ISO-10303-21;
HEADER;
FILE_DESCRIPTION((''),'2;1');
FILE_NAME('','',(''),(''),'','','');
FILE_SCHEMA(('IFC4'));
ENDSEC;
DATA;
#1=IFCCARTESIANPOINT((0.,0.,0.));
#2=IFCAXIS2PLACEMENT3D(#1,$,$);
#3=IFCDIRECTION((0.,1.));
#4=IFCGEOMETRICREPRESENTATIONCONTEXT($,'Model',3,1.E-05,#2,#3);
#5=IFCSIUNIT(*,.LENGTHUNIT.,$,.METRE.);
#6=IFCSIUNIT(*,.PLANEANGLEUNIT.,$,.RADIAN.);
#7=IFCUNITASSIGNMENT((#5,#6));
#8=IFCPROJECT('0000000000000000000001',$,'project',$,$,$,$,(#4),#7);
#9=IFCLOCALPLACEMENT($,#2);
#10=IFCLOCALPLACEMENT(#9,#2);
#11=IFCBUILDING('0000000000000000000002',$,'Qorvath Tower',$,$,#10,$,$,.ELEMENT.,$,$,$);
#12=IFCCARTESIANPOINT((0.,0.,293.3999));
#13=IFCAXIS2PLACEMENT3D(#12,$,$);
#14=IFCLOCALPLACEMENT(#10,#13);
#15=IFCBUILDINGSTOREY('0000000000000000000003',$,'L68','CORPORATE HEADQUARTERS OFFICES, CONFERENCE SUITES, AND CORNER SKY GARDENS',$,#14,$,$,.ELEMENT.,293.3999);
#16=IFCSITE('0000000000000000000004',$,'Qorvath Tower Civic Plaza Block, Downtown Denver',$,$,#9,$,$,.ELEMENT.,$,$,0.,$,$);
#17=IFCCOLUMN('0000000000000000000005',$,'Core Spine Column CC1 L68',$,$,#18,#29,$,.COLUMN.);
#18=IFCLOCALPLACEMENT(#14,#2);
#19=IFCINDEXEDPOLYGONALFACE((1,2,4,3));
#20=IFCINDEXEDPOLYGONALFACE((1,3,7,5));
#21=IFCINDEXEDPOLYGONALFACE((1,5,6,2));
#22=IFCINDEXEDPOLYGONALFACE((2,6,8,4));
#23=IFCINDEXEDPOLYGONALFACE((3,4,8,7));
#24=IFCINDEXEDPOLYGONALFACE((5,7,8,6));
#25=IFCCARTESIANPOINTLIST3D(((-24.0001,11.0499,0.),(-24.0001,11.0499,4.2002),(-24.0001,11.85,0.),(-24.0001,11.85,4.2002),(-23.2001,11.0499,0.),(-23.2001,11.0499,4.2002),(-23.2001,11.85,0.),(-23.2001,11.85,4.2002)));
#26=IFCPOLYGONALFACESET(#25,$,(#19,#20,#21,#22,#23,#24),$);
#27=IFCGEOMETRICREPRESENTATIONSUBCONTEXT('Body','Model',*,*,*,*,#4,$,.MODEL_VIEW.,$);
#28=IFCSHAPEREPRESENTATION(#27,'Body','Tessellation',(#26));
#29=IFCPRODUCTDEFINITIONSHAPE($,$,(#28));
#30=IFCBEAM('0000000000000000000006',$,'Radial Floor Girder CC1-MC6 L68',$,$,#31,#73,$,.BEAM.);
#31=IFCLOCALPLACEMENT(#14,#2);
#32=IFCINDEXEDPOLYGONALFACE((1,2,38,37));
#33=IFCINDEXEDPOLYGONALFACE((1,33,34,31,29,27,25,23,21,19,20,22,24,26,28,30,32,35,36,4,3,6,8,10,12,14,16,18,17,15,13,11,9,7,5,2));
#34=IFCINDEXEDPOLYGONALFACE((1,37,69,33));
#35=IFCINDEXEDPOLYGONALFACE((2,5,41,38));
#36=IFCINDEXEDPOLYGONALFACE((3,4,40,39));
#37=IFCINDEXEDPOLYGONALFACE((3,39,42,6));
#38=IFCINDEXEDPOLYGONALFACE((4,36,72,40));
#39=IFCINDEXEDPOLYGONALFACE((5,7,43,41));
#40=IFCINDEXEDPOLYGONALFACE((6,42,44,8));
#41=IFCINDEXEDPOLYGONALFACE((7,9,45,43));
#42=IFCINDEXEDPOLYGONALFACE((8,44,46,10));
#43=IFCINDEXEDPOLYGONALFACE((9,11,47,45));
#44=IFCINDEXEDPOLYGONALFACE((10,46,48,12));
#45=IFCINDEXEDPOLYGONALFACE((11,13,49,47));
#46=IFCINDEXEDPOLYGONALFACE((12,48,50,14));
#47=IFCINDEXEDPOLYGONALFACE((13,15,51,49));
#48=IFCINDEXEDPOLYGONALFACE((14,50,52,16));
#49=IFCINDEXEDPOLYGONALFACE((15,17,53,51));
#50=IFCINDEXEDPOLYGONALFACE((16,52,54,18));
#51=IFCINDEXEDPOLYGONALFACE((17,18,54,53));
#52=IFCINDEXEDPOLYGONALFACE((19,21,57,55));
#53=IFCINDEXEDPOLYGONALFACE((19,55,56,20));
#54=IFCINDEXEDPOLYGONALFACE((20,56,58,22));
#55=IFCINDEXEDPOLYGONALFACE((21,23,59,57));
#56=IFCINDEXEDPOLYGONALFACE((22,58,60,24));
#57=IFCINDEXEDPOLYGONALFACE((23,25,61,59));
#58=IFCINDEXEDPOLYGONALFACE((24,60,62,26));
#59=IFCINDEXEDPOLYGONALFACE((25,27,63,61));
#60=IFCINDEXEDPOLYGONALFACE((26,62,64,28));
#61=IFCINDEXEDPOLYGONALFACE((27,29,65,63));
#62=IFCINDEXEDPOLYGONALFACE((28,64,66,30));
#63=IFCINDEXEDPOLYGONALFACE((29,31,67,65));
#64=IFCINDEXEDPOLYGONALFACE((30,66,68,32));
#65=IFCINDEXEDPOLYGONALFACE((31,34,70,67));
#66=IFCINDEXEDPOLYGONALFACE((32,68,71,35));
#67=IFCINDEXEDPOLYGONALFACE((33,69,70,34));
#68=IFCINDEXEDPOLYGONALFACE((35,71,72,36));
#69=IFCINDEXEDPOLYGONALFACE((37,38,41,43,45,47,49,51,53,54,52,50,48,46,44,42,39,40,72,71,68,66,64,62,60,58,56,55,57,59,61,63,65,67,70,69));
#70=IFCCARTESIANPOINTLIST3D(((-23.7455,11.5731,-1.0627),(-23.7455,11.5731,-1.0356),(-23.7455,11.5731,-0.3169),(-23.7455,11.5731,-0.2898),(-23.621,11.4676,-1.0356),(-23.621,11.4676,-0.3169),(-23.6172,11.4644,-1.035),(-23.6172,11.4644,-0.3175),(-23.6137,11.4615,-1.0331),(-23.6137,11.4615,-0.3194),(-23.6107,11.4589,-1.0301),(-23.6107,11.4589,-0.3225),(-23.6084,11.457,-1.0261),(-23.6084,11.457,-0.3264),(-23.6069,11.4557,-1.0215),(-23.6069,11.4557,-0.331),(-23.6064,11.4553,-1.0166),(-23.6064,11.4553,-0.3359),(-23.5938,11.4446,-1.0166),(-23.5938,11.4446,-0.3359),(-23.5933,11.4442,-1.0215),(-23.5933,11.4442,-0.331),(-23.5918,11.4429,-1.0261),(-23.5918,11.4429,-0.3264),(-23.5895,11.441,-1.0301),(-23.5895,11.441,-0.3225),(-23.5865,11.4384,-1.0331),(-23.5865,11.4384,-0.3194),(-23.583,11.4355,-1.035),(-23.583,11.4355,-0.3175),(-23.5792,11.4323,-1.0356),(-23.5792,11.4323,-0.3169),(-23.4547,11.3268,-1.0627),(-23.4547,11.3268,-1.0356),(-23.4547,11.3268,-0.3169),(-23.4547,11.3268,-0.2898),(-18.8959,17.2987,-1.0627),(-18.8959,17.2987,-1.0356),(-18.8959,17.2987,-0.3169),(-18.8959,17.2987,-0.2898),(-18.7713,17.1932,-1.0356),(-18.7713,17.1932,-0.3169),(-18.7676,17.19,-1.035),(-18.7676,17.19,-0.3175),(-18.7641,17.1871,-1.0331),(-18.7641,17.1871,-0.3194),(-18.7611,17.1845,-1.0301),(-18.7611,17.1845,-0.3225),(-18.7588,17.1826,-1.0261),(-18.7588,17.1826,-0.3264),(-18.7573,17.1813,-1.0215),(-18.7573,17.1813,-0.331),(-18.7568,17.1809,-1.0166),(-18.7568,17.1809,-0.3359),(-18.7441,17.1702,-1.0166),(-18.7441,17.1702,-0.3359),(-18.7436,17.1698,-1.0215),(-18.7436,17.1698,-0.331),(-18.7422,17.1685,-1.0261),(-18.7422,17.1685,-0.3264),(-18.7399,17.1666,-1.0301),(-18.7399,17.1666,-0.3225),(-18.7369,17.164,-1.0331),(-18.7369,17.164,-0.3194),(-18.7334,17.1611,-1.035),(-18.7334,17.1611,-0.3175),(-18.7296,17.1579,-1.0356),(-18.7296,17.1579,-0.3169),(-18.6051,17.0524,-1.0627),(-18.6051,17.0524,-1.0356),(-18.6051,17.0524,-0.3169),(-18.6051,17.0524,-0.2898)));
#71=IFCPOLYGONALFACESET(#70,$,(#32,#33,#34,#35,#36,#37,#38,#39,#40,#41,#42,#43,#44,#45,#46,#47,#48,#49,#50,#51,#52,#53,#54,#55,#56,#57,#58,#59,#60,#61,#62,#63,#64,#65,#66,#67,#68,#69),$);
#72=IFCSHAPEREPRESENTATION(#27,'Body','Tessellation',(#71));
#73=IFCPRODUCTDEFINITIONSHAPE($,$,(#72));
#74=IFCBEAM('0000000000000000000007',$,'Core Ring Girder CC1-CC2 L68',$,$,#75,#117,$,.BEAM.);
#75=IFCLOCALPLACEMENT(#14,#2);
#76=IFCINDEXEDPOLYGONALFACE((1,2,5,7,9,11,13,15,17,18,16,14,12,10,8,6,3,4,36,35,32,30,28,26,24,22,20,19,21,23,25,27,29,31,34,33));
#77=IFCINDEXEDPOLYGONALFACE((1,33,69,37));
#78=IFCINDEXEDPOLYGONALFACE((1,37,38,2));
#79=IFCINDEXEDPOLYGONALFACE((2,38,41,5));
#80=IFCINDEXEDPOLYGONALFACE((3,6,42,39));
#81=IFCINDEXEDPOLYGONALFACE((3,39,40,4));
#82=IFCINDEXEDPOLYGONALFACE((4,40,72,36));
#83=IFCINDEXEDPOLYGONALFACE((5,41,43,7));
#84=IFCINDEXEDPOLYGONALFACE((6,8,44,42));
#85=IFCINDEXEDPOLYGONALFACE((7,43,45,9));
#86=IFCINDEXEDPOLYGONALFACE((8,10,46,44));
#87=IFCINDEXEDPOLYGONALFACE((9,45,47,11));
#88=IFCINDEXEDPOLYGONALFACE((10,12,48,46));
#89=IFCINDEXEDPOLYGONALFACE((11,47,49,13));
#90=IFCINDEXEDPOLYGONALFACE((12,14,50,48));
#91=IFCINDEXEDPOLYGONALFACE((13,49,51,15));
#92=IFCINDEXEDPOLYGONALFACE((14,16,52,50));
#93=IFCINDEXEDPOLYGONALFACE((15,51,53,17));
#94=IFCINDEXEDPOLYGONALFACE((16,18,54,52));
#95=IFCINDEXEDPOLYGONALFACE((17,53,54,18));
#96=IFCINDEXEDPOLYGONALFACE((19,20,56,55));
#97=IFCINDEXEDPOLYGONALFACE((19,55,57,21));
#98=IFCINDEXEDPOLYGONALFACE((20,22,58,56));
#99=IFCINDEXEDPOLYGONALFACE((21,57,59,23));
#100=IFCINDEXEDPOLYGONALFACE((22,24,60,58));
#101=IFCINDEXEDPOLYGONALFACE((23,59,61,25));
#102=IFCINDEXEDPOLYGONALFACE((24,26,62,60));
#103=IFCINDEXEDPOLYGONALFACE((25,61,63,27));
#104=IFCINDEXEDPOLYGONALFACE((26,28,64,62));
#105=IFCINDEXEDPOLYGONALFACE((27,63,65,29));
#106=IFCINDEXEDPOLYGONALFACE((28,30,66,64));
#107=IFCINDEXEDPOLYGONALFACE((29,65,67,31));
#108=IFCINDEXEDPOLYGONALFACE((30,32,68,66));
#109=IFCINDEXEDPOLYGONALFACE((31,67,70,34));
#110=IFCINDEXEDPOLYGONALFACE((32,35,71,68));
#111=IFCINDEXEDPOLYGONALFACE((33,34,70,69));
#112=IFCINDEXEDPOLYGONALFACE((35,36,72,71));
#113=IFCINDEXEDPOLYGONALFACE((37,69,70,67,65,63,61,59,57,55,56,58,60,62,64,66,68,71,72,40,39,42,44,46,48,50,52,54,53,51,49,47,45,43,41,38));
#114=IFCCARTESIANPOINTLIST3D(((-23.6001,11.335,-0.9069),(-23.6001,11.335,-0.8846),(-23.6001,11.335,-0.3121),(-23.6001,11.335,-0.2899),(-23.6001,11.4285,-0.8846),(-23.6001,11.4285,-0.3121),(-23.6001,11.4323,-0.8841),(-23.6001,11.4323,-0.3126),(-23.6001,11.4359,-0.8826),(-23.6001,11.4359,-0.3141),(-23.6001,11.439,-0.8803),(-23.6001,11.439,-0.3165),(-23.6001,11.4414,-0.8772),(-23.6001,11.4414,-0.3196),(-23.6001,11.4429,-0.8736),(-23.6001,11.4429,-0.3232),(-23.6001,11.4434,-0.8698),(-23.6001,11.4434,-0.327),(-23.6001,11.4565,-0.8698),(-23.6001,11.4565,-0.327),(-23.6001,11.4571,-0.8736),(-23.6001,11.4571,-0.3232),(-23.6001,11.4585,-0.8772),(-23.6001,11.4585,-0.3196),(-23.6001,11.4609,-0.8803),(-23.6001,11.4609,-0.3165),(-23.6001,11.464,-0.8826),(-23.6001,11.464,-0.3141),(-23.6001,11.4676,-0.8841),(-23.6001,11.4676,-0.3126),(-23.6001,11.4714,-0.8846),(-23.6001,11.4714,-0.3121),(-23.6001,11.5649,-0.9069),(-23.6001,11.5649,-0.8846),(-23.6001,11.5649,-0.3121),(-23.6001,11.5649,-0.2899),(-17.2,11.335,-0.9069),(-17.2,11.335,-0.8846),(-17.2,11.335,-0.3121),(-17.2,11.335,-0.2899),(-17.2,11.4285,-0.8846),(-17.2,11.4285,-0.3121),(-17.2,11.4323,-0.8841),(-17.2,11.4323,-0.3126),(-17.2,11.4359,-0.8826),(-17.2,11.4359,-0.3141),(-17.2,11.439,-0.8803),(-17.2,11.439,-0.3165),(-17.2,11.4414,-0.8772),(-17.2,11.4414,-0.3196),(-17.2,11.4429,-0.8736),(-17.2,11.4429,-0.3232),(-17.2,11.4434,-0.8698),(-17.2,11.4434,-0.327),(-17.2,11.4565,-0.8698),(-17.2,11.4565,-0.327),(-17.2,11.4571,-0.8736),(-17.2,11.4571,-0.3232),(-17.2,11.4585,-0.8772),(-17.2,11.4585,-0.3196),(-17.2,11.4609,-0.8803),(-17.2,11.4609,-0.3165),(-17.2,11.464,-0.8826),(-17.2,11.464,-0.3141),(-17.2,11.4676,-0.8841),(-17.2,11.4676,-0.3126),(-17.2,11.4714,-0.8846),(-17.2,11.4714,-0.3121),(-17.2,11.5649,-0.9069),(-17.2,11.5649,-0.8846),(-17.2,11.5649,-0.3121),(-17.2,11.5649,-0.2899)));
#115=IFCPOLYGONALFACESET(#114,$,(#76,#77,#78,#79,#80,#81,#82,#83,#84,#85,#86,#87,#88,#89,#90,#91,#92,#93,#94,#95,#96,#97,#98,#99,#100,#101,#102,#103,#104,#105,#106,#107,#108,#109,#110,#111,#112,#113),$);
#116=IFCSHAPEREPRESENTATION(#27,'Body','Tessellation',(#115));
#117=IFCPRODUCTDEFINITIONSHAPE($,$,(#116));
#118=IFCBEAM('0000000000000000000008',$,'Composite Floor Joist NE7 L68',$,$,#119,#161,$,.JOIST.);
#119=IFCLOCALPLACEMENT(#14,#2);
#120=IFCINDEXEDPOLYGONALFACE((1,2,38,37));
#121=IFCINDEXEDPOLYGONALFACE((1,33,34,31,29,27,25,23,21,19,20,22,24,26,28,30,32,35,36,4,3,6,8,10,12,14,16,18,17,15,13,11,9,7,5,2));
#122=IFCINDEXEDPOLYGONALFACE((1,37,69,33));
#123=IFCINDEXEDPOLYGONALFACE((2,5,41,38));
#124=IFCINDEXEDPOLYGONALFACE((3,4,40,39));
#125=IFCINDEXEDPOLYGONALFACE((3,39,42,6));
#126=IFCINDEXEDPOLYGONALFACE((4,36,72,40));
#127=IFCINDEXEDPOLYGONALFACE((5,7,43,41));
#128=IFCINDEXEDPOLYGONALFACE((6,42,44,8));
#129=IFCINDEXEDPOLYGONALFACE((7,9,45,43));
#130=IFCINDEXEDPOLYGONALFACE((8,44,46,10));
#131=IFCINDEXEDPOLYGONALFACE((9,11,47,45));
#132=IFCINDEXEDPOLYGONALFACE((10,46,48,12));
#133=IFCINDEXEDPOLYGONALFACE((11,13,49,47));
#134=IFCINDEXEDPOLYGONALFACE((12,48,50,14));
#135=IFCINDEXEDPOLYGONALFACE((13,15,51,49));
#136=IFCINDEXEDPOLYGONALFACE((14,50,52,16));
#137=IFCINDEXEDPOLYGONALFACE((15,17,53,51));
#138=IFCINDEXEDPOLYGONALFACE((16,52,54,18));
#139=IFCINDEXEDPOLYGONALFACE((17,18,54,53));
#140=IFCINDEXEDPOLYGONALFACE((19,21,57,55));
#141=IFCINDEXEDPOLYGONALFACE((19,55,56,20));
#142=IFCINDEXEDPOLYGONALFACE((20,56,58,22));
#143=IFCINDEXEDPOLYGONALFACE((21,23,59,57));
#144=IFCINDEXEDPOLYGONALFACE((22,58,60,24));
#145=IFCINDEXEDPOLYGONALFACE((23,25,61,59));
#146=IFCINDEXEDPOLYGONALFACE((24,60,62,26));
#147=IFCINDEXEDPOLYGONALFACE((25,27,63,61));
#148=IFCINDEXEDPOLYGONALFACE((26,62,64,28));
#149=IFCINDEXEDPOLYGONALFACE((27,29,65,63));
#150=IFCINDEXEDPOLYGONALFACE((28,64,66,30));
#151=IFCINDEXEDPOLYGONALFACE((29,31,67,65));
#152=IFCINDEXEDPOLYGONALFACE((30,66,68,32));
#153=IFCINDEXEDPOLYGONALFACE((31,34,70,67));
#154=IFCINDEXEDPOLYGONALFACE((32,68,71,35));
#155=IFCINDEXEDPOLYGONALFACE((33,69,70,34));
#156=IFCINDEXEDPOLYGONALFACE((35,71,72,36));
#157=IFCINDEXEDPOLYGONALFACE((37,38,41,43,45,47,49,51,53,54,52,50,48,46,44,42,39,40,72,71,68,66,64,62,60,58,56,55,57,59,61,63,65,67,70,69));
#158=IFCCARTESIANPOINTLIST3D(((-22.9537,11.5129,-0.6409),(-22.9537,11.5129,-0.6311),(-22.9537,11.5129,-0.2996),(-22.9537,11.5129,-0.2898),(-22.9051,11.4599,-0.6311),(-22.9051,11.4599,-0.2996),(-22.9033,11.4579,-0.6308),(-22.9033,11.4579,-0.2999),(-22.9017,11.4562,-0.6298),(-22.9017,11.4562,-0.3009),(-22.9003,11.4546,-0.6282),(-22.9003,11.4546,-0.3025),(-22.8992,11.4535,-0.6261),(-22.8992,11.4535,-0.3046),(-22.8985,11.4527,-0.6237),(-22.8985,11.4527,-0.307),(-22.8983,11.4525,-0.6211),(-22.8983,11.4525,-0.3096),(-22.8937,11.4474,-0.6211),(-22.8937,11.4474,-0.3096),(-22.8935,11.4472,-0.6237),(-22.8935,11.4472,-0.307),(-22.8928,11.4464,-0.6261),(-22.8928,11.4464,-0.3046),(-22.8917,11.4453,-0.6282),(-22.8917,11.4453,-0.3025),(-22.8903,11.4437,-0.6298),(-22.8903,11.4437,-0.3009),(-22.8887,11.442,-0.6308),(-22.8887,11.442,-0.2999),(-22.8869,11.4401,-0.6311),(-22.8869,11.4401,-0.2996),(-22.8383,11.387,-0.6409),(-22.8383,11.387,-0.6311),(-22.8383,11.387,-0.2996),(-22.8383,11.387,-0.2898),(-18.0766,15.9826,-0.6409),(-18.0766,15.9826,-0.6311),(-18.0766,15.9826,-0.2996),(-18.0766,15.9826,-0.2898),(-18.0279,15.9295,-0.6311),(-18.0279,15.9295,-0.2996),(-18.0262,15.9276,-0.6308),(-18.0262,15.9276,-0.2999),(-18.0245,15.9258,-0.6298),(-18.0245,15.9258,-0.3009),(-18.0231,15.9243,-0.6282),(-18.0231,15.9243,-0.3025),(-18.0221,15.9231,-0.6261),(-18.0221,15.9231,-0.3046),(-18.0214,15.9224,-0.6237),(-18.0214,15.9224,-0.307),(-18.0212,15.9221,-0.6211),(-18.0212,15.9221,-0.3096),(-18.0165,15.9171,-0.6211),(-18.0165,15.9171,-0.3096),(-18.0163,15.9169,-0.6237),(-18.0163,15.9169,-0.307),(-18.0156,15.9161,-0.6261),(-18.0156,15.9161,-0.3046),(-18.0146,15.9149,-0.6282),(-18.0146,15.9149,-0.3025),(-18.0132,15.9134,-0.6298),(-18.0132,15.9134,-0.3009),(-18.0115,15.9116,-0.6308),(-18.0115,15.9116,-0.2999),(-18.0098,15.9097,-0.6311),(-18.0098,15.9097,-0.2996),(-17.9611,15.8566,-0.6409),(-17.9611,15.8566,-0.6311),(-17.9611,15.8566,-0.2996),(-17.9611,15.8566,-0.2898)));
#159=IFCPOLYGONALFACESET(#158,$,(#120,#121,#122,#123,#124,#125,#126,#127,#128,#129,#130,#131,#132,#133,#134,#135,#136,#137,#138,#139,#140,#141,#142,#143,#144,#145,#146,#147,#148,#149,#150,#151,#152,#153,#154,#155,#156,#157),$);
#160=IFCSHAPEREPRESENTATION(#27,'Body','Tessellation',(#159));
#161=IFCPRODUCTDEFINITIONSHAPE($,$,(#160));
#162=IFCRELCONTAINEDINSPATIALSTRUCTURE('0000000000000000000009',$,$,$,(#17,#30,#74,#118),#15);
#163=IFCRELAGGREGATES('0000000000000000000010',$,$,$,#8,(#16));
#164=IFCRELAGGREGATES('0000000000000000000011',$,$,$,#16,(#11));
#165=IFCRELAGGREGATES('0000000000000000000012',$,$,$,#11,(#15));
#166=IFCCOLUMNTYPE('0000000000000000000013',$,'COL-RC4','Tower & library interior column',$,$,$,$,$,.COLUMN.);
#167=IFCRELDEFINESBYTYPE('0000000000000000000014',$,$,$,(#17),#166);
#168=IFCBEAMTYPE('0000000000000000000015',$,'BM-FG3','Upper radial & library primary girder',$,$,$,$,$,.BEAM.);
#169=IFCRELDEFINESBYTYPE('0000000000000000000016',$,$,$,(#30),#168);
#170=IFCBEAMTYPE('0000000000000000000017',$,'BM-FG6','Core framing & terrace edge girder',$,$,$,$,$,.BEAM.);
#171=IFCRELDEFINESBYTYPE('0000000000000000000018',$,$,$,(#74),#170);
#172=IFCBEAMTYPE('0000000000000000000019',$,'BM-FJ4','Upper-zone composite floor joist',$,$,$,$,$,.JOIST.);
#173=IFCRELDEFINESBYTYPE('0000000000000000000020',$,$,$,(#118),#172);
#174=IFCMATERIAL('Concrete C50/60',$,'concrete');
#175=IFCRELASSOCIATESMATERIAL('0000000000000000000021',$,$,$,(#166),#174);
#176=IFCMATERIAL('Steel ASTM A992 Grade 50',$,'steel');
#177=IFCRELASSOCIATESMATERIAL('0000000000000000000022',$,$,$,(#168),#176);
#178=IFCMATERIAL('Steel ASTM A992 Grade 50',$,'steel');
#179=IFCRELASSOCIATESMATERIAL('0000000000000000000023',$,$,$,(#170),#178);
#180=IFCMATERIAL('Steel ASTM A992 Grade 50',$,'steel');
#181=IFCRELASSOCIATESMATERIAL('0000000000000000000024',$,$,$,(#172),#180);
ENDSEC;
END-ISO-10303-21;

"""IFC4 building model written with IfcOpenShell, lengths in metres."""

from ifc_helpers import new_model, si_unit, direction, frame, origin, origin_2d, place, context, subcontext, project, spatial, rectangle, i_section, extrude, material, material_profile, profile_set, type_object, element, save


model = new_model("IFC4")

# Units and contexts
model_context = context("Model", 3, precision=1e-05, world=origin(), true_north=direction((0.0, 1.0)))
body_context = subcontext(model_context, "Body", "Model", "MODEL_VIEW")
ifc_project = project(units=[si_unit("LENGTHUNIT", "METRE"), si_unit("PLANEANGLEUNIT", "RADIAN")], contexts=[model_context])

# Site, building, storey
site_placement = place(None, origin())
site = spatial("IfcSite", under=ifc_project, at=site_placement, Name="Qorvath Tower Civic Plaza Block, Downtown Denver", CompositionType="ELEMENT", RefElevation=0.0)
building_placement = place(site_placement, origin())
building = spatial("IfcBuilding", under=site, at=building_placement, Name="Qorvath Tower", CompositionType="ELEMENT")
storey_placement = place(building_placement, frame((0.0, 0.0, 293.3999)))
storey = spatial("IfcBuildingStorey", under=building, at=storey_placement, Name="L68", Description="CORPORATE HEADQUARTERS OFFICES, CONFERENCE SUITES, AND CORNER SKY GARDENS", CompositionType="ELEMENT", Elevation=293.3999)

# Column
ifc_material_1 = material(Name="Concrete C50/60", Category="concrete")
ifc_material_profile_1 = material_profile(ifc_material_1, rectangle(XDim=0.8, YDim=0.8, at=origin_2d()), Name="RC 800x800")
ifc_profile_set_1 = profile_set([ifc_material_profile_1], Name="Concrete C50/60")
column_type = type_object("IfcColumnType", Name="COL-RC4", Description="Tower & library interior column", PredefinedType="COLUMN", material=ifc_profile_set_1)
column_placement = place(storey_placement, frame((-23.6001, 11.45, 0.0), z_axis=(0.0, 0.0, 1.0), x_axis=(1.0, 0.0, 0.0)))
element("IfcColumn", 1, at=column_placement, inside=storey, type_object=column_type, Name="Core Spine Column CC1 L68", PredefinedType="COLUMN", context=body_context, shape_type="SweptSolid", body=[
    extrude(rectangle(XDim=0.8, YDim=0.8, at=origin_2d()), origin(), (0.0, 0.0, 1.0), 4.2002),
])

# Beams
ifc_material_2 = material(Name="Steel ASTM A992 Grade 50", Category="steel")
ifc_material_profile_2 = material_profile(ifc_material_2, i_section(OverallWidth=0.3811, OverallDepth=0.7729, WebThickness=0.0166, FlangeThickness=0.0271, FilletRadius=0.019, at=origin_2d()), Name="W30x173")
ifc_profile_set_2 = profile_set([ifc_material_profile_2], Name="Steel ASTM A992 Grade 50")
beam_type_1 = type_object("IfcBeamType", Name="BM-FG3", Description="Upper radial & library primary girder", PredefinedType="BEAM", material=ifc_profile_set_2)
beam_1_placement = place(storey_placement, frame((-23.6001, 11.45, -0.6763), z_axis=(0.646321, 0.763065, 0.0), x_axis=(-0.763065, 0.646321, 0.0)))
element("IfcBeam", 2, at=beam_1_placement, inside=storey, type_object=beam_type_1, Name="Radial Floor Girder CC1-MC6 L68", PredefinedType="BEAM", context=body_context, shape_type="SweptSolid", body=[
    extrude(i_section(OverallWidth=0.3811, OverallDepth=0.7729, WebThickness=0.0166, FlangeThickness=0.0271, FilletRadius=0.019, at=origin_2d()), origin(), (0.0, 0.0, 1.0), 7.5034),
])
ifc_material_3 = material(Name="Steel ASTM A992 Grade 50", Category="steel")
ifc_material_profile_3 = material_profile(ifc_material_3, i_section(OverallWidth=0.23, OverallDepth=0.6169, WebThickness=0.0132, FlangeThickness=0.0222, FilletRadius=0.0149, at=origin_2d()), Name="W24x94")
ifc_profile_set_3 = profile_set([ifc_material_profile_3], Name="Steel ASTM A992 Grade 50")
beam_type_2 = type_object("IfcBeamType", Name="BM-FG6", Description="Core framing & terrace edge girder", PredefinedType="BEAM", material=ifc_profile_set_3)
beam_2_placement = place(storey_placement, frame((-23.6001, 11.45, -0.5984), z_axis=(1.0, 0.0, 0.0), x_axis=(0.0, 1.0, 0.0)))
element("IfcBeam", 3, at=beam_2_placement, inside=storey, type_object=beam_type_2, Name="Core Ring Girder CC1-CC2 L68", PredefinedType="BEAM", context=body_context, shape_type="SweptSolid", body=[
    extrude(i_section(OverallWidth=0.23, OverallDepth=0.6169, WebThickness=0.0132, FlangeThickness=0.0222, FilletRadius=0.0149, at=origin_2d()), origin(), (0.0, 0.0, 1.0), 6.4001),
])
ifc_material_4 = material(Name="Steel ASTM A992 Grade 50", Category="steel")
ifc_material_profile_4 = material_profile(ifc_material_4, i_section(OverallWidth=0.1709, OverallDepth=0.3511, WebThickness=0.0068, FlangeThickness=0.0098, FilletRadius=0.01, at=origin_2d()), Name="W14x30")
ifc_profile_set_4 = profile_set([ifc_material_profile_4], Name="Steel ASTM A992 Grade 50")
beam_type_3 = type_object("IfcBeamType", Name="BM-FJ4", Description="Upper-zone composite floor joist", PredefinedType="JOIST", material=ifc_profile_set_4)
beam_3_placement = place(storey_placement, frame((-22.896, 11.45, -0.4653), z_axis=(0.737232, 0.675639, 0.0), x_axis=(-0.675639, 0.737232, 0.0)))
element("IfcBeam", 4, at=beam_3_placement, inside=storey, type_object=beam_type_3, Name="Composite Floor Joist NE7 L68", PredefinedType="JOIST", context=body_context, shape_type="SweptSolid", body=[
    extrude(i_section(OverallWidth=0.1709, OverallDepth=0.3511, WebThickness=0.0068, FlangeThickness=0.0098, FilletRadius=0.01, at=origin_2d()), origin(), (0.0, 0.0, 1.0), 6.6155),
])

save(model, "model.ifc")
